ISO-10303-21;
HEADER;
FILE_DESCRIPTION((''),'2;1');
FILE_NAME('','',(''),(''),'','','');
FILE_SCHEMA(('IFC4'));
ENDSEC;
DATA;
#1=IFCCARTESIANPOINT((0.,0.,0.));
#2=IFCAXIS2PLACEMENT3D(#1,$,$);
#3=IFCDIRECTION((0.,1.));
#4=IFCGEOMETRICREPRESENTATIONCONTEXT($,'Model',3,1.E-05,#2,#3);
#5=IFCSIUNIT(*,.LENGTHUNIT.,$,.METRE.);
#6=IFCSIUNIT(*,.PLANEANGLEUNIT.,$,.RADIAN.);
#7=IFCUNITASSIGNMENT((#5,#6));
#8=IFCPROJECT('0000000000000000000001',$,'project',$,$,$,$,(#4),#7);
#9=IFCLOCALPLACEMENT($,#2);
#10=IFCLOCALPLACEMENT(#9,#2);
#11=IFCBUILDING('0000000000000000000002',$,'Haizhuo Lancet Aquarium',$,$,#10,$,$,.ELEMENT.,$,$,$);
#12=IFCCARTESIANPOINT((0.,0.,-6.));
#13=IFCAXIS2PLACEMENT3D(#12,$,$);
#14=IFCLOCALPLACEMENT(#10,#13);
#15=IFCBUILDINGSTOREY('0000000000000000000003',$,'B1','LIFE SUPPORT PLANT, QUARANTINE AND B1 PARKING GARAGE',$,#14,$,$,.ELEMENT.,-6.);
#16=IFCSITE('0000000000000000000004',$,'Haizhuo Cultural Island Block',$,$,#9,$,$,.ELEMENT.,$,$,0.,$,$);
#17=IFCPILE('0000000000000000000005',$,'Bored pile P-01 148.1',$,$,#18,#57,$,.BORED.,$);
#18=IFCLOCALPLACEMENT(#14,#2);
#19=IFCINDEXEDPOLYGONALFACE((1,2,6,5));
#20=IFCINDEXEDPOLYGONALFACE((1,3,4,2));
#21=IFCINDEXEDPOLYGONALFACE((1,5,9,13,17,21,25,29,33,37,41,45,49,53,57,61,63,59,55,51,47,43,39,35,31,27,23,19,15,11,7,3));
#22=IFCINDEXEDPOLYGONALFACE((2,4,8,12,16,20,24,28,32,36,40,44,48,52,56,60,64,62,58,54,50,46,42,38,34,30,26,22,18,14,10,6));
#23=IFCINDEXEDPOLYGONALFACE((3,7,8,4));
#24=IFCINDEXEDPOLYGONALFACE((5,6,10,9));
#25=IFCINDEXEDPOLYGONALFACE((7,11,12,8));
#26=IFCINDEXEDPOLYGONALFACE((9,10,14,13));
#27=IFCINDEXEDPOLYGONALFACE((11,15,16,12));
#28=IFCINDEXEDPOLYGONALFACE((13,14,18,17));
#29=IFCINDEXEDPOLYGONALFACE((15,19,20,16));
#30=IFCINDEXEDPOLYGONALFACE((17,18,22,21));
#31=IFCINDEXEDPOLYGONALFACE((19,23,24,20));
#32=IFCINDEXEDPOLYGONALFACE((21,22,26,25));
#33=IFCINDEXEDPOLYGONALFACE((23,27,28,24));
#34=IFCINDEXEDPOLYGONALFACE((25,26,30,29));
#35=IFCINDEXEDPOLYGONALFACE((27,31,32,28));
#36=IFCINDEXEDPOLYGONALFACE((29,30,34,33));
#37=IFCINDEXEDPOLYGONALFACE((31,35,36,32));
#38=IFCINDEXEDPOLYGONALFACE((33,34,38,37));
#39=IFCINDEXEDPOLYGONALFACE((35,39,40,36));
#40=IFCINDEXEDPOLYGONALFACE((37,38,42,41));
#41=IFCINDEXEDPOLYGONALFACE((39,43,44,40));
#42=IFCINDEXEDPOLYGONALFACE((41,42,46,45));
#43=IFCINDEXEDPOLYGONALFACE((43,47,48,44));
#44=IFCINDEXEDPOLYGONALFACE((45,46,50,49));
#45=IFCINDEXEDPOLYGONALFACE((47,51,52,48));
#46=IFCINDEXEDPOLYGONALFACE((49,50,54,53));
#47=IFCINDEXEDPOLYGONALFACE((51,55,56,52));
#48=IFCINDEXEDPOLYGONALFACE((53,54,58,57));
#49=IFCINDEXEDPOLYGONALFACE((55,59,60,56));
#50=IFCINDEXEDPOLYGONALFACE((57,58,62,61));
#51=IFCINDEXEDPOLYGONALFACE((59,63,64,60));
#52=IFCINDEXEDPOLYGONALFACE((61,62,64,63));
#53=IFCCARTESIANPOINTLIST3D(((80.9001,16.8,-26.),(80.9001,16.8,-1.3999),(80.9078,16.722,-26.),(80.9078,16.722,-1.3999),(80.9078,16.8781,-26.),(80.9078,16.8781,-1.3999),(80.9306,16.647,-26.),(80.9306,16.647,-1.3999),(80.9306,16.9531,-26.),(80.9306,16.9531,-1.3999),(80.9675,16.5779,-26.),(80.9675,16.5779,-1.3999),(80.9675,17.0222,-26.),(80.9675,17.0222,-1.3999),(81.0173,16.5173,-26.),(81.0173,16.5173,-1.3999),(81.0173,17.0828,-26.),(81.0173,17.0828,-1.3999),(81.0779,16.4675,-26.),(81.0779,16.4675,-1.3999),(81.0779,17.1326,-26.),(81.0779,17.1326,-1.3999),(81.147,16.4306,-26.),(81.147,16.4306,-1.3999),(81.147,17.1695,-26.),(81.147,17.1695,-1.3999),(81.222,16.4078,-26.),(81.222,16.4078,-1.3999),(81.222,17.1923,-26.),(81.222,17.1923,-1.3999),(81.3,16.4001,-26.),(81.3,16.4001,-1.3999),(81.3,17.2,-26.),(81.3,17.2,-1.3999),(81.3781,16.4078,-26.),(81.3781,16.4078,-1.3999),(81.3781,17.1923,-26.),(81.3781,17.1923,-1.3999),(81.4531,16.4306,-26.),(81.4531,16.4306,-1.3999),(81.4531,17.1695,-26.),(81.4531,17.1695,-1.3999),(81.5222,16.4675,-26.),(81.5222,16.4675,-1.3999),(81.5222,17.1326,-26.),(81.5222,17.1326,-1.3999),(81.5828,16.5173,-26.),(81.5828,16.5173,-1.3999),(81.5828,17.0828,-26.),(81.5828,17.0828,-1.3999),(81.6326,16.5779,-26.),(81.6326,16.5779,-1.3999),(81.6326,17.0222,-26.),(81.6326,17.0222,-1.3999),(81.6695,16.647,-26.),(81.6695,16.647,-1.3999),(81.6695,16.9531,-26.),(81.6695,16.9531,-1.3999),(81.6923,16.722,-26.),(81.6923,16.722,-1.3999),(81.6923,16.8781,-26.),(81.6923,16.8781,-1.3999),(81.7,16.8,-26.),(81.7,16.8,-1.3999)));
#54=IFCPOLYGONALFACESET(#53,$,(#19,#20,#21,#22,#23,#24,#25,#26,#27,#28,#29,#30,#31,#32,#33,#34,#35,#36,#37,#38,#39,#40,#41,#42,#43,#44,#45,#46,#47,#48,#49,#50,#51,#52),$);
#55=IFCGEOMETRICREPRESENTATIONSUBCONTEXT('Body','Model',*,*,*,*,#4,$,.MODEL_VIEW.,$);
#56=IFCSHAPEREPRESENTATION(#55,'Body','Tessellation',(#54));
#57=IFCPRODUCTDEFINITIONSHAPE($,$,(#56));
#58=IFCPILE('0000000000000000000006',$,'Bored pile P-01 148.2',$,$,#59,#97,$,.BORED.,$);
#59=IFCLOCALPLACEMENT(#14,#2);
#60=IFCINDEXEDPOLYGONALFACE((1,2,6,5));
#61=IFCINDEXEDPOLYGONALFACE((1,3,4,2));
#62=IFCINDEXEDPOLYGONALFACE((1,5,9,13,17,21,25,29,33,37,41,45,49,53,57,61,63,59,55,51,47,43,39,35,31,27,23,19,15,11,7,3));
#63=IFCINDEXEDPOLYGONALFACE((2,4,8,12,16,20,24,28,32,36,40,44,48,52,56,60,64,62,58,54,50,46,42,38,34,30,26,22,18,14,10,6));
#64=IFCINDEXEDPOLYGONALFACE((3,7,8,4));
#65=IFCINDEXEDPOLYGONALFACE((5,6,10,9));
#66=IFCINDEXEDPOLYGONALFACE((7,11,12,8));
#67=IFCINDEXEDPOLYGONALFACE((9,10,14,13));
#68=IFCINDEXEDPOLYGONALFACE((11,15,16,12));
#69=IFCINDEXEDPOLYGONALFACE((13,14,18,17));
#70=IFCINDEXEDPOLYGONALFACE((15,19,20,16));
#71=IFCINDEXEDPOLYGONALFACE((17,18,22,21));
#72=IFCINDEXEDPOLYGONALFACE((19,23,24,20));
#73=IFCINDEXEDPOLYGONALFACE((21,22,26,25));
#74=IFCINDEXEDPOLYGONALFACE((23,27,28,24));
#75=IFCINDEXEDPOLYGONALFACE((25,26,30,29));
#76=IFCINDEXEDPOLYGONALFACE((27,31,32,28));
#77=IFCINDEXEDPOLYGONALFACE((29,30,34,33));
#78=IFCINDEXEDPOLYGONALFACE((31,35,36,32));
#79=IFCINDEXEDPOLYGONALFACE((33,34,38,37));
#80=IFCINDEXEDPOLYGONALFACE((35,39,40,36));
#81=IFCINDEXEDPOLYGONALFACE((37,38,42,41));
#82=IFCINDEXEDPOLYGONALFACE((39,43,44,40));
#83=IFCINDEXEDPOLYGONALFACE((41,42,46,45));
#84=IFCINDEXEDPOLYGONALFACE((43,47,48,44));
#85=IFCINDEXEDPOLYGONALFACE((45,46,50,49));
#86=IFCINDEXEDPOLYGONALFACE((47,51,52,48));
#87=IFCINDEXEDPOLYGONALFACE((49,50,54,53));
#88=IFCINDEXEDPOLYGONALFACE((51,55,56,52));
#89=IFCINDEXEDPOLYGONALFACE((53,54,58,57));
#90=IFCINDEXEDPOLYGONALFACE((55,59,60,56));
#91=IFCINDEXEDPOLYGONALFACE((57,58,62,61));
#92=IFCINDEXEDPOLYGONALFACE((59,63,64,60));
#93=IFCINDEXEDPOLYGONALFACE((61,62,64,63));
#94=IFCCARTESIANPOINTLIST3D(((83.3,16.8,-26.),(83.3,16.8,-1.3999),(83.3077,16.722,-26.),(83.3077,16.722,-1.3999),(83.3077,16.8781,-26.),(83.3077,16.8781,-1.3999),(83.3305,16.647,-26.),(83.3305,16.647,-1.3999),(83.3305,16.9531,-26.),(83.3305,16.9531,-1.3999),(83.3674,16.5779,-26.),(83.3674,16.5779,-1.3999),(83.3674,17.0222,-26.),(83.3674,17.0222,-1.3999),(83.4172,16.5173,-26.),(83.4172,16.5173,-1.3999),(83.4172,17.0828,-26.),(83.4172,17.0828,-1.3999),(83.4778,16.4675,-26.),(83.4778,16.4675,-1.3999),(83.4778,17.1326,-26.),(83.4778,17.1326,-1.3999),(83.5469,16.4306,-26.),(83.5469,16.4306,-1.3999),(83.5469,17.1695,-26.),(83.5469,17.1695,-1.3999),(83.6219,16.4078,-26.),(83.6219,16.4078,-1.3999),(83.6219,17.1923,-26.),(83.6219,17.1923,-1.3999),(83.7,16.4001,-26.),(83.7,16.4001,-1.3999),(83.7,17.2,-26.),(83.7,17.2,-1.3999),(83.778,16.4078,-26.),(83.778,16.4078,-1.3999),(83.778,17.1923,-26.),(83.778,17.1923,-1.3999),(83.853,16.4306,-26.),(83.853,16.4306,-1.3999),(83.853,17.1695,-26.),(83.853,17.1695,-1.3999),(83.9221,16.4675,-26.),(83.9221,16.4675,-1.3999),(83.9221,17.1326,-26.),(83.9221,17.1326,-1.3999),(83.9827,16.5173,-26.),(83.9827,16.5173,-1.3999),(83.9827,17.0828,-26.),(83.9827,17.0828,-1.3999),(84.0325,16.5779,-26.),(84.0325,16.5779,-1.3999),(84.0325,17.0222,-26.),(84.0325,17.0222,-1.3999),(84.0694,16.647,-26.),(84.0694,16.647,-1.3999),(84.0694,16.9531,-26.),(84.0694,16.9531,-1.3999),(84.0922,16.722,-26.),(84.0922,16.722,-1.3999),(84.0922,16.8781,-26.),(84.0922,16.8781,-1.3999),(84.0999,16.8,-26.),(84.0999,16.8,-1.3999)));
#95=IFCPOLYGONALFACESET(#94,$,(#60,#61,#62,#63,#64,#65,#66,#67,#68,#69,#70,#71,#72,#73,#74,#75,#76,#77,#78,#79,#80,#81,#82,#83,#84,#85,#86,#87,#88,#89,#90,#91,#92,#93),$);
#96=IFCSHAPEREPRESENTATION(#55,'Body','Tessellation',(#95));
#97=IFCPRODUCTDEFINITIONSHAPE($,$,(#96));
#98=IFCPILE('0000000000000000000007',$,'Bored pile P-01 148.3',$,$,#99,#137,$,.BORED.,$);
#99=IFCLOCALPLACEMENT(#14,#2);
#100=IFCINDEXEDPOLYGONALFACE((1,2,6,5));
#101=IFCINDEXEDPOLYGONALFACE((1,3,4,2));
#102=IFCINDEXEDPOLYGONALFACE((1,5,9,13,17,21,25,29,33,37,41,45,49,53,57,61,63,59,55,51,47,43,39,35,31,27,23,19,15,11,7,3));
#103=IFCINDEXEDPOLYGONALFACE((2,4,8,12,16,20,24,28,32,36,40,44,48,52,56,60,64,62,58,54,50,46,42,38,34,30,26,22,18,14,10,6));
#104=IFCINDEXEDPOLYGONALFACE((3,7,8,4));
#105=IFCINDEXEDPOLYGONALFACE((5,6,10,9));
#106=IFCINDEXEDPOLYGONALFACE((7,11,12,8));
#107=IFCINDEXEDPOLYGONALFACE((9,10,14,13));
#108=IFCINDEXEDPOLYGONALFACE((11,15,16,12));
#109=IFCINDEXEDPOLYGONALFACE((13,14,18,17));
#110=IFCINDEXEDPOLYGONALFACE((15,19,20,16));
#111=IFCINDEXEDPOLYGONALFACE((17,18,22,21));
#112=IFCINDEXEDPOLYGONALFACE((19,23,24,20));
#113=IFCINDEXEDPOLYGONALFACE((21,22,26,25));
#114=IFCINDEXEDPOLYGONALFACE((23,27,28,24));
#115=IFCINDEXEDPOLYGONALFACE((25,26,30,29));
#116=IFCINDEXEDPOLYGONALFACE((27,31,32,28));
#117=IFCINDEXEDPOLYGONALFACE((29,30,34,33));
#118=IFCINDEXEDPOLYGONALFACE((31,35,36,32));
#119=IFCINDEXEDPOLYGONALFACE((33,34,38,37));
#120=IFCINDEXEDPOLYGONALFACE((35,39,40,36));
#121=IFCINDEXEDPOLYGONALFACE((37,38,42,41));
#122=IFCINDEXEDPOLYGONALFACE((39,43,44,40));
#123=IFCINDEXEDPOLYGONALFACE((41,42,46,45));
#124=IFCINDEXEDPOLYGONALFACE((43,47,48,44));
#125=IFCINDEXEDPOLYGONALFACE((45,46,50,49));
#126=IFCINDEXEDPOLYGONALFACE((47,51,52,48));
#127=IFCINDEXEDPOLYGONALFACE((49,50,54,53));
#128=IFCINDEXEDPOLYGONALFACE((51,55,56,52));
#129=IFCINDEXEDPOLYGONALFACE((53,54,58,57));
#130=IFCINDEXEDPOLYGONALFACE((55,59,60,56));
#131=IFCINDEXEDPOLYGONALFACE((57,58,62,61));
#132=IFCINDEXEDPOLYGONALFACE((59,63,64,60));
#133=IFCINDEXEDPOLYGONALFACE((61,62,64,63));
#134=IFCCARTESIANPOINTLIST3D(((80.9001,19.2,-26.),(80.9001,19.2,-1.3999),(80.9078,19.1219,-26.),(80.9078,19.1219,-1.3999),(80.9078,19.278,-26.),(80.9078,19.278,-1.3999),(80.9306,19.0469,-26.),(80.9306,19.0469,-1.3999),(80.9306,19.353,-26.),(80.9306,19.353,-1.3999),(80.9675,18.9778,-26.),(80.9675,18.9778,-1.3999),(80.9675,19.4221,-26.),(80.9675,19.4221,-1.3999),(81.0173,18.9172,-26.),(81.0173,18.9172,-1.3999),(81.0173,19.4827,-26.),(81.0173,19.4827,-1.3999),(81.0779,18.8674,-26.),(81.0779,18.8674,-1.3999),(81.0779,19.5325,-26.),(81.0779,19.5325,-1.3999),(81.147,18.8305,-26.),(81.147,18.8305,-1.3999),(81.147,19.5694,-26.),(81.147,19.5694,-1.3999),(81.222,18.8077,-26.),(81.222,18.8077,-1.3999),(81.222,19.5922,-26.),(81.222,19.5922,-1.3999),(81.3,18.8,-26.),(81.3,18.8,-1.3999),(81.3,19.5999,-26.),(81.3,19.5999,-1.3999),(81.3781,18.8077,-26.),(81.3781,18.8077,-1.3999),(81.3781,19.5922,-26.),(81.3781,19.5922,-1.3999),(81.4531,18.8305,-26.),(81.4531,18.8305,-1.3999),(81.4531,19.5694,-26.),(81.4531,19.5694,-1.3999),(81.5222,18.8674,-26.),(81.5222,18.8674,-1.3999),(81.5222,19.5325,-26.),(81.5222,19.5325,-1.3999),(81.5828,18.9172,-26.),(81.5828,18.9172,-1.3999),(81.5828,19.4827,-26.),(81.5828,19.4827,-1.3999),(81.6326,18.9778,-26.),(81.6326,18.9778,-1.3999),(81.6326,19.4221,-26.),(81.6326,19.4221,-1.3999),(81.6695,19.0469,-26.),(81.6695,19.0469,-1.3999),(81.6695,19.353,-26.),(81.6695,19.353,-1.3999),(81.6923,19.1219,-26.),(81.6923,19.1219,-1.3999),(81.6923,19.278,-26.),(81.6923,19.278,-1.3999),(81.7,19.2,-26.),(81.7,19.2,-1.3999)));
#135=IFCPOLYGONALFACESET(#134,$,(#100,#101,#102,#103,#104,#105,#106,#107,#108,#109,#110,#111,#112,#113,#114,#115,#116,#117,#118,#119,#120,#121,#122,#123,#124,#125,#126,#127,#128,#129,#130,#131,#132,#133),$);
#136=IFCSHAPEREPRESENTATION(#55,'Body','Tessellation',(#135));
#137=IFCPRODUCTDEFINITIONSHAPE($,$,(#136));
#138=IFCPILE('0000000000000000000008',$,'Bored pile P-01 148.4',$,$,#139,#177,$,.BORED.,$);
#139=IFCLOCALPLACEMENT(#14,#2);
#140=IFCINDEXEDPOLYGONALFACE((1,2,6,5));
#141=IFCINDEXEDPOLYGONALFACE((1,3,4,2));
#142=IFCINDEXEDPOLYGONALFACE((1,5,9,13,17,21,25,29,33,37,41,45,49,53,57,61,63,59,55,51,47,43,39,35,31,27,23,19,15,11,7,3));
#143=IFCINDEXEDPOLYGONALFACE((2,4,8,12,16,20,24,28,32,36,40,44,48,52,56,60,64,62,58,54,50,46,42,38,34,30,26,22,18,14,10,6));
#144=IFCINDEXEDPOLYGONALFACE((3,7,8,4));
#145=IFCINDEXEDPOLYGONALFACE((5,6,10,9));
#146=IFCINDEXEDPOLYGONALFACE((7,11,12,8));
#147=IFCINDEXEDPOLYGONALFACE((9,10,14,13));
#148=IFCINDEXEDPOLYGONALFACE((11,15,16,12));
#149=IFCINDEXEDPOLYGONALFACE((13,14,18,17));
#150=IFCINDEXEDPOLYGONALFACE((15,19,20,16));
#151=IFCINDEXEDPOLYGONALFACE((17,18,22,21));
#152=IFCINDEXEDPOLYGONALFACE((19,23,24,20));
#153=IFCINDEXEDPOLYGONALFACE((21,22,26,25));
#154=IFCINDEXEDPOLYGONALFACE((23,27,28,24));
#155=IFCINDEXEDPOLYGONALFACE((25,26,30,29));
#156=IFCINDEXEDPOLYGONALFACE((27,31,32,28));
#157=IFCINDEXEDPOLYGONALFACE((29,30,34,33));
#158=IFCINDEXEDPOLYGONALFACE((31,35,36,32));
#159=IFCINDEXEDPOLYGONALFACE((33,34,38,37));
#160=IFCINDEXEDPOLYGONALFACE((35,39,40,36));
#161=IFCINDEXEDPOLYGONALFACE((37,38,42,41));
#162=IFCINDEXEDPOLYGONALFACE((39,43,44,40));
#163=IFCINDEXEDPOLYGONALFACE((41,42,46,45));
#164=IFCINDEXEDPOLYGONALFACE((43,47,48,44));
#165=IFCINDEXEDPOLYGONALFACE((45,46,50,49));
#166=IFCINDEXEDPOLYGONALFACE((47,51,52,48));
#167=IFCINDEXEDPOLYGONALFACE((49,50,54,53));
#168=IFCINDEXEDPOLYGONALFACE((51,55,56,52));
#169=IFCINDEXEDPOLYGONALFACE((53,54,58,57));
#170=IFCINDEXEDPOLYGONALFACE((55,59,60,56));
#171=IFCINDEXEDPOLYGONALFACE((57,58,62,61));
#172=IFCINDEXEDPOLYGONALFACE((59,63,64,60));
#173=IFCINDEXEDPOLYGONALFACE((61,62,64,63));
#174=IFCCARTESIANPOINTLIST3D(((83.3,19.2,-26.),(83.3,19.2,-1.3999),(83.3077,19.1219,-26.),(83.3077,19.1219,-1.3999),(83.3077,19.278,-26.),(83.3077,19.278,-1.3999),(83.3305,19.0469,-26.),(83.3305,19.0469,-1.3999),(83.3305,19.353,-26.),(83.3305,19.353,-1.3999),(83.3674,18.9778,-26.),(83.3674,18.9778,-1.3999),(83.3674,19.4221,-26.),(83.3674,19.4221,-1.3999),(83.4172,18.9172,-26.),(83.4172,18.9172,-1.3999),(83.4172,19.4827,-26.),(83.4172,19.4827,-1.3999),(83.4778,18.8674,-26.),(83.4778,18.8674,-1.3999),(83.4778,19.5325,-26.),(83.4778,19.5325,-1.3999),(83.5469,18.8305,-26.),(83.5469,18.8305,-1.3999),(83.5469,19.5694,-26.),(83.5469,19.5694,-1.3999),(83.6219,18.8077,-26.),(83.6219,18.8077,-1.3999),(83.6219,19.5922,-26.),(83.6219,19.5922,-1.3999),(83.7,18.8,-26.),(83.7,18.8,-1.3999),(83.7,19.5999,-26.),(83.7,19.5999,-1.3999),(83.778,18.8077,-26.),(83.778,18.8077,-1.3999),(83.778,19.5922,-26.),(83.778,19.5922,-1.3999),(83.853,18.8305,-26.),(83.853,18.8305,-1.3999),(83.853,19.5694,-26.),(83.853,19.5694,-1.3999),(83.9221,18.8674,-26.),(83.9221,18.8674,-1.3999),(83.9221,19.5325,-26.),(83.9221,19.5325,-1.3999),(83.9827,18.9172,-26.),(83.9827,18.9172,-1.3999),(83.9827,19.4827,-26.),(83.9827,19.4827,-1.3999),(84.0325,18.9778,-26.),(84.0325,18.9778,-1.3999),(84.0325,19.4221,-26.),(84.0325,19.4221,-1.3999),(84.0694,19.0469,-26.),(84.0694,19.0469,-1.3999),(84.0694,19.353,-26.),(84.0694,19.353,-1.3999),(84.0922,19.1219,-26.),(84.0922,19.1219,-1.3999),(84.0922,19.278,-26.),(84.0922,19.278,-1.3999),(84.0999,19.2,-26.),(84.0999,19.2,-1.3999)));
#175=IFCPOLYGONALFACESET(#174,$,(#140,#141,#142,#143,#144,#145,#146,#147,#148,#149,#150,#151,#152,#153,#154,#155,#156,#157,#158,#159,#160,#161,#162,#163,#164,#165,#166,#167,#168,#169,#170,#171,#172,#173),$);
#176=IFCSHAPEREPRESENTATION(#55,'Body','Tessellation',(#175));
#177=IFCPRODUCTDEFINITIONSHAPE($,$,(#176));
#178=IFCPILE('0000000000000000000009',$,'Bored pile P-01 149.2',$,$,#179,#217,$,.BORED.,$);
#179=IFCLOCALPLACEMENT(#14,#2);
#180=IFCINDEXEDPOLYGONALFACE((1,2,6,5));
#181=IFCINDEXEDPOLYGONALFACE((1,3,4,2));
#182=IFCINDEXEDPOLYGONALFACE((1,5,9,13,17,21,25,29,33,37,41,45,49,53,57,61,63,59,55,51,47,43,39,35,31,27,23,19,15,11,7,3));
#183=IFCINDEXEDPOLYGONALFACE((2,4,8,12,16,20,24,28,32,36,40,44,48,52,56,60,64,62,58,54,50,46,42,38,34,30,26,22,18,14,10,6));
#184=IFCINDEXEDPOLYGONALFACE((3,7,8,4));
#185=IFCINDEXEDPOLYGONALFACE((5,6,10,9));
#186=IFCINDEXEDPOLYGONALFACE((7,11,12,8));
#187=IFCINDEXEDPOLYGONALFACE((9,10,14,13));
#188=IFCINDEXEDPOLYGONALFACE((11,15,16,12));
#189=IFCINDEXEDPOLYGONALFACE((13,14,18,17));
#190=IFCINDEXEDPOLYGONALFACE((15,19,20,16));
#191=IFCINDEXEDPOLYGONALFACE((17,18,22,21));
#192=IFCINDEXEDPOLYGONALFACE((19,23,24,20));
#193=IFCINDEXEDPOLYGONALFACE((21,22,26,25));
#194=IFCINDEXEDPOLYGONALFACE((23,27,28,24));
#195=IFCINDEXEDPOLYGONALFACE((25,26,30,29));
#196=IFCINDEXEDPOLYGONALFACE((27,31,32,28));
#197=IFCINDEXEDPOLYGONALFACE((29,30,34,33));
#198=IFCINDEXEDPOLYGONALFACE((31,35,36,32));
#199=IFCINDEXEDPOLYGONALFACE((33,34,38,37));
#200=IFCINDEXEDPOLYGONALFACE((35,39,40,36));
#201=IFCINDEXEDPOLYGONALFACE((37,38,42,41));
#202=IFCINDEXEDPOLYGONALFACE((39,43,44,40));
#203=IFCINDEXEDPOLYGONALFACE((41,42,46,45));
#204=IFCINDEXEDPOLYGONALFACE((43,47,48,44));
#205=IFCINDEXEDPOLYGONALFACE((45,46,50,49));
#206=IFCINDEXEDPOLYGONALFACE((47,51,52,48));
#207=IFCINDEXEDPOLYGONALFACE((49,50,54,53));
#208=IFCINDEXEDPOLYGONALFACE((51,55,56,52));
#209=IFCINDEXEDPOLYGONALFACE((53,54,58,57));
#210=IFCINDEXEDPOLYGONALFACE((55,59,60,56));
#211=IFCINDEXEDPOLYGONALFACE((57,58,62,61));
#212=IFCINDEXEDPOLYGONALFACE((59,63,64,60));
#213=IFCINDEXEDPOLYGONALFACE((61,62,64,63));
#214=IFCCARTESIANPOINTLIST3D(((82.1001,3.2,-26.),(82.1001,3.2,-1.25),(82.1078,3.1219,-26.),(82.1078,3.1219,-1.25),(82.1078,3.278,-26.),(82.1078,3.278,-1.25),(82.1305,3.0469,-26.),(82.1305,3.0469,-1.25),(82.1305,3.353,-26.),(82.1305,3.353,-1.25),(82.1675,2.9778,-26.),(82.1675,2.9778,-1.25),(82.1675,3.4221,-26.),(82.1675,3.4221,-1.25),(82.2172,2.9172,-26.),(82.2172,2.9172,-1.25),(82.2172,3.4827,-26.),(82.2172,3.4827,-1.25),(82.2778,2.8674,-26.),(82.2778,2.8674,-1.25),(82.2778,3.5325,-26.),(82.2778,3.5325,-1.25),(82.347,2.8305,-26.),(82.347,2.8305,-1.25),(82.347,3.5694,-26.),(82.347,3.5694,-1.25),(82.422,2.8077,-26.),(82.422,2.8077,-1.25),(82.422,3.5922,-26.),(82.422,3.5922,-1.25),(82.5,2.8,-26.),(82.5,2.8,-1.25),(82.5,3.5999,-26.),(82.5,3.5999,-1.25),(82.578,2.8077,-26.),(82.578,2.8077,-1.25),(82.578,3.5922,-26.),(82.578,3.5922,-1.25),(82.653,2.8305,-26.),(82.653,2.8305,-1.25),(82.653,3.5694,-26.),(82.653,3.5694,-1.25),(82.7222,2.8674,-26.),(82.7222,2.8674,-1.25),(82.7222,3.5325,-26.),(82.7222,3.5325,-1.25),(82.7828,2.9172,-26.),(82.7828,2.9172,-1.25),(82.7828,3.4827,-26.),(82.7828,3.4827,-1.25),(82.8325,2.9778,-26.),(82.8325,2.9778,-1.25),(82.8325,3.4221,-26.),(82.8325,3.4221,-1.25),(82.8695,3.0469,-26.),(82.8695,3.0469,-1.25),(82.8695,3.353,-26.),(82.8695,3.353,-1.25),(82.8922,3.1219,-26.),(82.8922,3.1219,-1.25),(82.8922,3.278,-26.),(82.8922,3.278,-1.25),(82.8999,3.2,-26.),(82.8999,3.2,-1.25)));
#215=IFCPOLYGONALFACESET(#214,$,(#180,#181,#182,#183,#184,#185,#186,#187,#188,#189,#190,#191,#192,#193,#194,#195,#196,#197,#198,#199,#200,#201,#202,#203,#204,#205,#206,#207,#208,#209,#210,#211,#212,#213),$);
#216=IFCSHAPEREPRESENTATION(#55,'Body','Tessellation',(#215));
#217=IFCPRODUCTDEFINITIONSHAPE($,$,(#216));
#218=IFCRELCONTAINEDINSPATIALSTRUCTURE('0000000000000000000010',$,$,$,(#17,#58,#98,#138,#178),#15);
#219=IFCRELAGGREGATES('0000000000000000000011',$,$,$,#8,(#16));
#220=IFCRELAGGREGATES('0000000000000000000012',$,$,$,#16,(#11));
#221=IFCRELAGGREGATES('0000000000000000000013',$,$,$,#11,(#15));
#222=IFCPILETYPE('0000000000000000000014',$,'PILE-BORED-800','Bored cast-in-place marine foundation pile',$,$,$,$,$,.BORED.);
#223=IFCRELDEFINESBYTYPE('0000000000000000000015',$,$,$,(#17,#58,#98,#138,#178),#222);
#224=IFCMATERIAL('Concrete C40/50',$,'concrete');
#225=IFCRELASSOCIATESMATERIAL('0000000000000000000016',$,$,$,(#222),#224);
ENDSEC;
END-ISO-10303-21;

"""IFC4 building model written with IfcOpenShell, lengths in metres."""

from ifc_helpers import new_model, si_unit, direction, frame, origin, origin_2d, place, context, subcontext, project, spatial, circle, extrude, material, material_profile, profile_set, type_object, element, save


model = new_model("IFC4")

# Units and contexts
model_context = context("Model", 3, precision=1e-05, world=origin(), true_north=direction((0.0, 1.0)))
body_context = subcontext(model_context, "Body", "Model", "MODEL_VIEW")
ifc_project = project(units=[si_unit("LENGTHUNIT", "METRE"), si_unit("PLANEANGLEUNIT", "RADIAN")], contexts=[model_context])

# Site, building, storey
site_placement = place(None, origin())
site = spatial("IfcSite", under=ifc_project, at=site_placement, Name="Haizhuo Cultural Island Block", CompositionType="ELEMENT", RefElevation=0.0)
building_placement = place(site_placement, origin())
building = spatial("IfcBuilding", under=site, at=building_placement, Name="Haizhuo Lancet Aquarium", CompositionType="ELEMENT")
storey_placement = place(building_placement, frame((0.0, 0.0, -6.0)))
storey = spatial("IfcBuildingStorey", under=building, at=storey_placement, Name="B1", Description="LIFE SUPPORT PLANT, QUARANTINE AND B1 PARKING GARAGE", CompositionType="ELEMENT", Elevation=-6.0)

# Shared definitions
ifc_material_1 = material(Name="Concrete C40/50", Category="concrete")

# Piles
ifc_material_profile_1 = material_profile(ifc_material_1, circle(Radius=0.3999, at=origin_2d()), Name="PILE-800")
ifc_profile_set_1 = profile_set([ifc_material_profile_1], Name="Concrete C40/50")
pile_type = type_object("IfcPileType", Name="PILE-BORED-800", Description="Bored cast-in-place marine foundation pile", PredefinedType="BORED", material=ifc_profile_set_1)
for number, where, z_axis, x_axis, name in (
    (1, (81.3, 16.8, -1.3999), (0.0, 0.0, -1.0), (1.0, 0.0, 0.0), "Bored pile P-01 148.1"),
    (2, (83.7, 16.8, -1.3999), (0.0, 0.0, -1.0), (1.0, 0.0, 0.0), "Bored pile P-01 148.2"),
    (3, (81.3, 19.2, -1.3999), (0.0, 0.0, -1.0), (1.0, 0.0, 0.0), "Bored pile P-01 148.3"),
    (4, (83.7, 19.2, -1.3999), (0.0, 0.0, -1.0), (1.0, 0.0, 0.0), "Bored pile P-01 148.4"),
):
    element("IfcPile", number, at=place(storey_placement, frame(where, z_axis=z_axis, x_axis=x_axis)), inside=storey, type_object=pile_type, Name=name, PredefinedType="BORED", context=body_context, shape_type="SweptSolid", body=[
        extrude(circle(Radius=0.3999, at=origin_2d()), origin(), (0.0, 0.0, 1.0), 24.6001),
    ])
pile_placement = place(storey_placement, frame((82.5, 3.2, -1.25), z_axis=(0.0, 0.0, -1.0), x_axis=(1.0, 0.0, 0.0)))
element("IfcPile", 5, at=pile_placement, inside=storey, type_object=pile_type, Name="Bored pile P-01 149.2", PredefinedType="BORED", context=body_context, shape_type="SweptSolid", body=[
    extrude(circle(Radius=0.3999, at=origin_2d()), origin(), (0.0, 0.0, 1.0), 24.75),
])

save(model, "model.ifc")
